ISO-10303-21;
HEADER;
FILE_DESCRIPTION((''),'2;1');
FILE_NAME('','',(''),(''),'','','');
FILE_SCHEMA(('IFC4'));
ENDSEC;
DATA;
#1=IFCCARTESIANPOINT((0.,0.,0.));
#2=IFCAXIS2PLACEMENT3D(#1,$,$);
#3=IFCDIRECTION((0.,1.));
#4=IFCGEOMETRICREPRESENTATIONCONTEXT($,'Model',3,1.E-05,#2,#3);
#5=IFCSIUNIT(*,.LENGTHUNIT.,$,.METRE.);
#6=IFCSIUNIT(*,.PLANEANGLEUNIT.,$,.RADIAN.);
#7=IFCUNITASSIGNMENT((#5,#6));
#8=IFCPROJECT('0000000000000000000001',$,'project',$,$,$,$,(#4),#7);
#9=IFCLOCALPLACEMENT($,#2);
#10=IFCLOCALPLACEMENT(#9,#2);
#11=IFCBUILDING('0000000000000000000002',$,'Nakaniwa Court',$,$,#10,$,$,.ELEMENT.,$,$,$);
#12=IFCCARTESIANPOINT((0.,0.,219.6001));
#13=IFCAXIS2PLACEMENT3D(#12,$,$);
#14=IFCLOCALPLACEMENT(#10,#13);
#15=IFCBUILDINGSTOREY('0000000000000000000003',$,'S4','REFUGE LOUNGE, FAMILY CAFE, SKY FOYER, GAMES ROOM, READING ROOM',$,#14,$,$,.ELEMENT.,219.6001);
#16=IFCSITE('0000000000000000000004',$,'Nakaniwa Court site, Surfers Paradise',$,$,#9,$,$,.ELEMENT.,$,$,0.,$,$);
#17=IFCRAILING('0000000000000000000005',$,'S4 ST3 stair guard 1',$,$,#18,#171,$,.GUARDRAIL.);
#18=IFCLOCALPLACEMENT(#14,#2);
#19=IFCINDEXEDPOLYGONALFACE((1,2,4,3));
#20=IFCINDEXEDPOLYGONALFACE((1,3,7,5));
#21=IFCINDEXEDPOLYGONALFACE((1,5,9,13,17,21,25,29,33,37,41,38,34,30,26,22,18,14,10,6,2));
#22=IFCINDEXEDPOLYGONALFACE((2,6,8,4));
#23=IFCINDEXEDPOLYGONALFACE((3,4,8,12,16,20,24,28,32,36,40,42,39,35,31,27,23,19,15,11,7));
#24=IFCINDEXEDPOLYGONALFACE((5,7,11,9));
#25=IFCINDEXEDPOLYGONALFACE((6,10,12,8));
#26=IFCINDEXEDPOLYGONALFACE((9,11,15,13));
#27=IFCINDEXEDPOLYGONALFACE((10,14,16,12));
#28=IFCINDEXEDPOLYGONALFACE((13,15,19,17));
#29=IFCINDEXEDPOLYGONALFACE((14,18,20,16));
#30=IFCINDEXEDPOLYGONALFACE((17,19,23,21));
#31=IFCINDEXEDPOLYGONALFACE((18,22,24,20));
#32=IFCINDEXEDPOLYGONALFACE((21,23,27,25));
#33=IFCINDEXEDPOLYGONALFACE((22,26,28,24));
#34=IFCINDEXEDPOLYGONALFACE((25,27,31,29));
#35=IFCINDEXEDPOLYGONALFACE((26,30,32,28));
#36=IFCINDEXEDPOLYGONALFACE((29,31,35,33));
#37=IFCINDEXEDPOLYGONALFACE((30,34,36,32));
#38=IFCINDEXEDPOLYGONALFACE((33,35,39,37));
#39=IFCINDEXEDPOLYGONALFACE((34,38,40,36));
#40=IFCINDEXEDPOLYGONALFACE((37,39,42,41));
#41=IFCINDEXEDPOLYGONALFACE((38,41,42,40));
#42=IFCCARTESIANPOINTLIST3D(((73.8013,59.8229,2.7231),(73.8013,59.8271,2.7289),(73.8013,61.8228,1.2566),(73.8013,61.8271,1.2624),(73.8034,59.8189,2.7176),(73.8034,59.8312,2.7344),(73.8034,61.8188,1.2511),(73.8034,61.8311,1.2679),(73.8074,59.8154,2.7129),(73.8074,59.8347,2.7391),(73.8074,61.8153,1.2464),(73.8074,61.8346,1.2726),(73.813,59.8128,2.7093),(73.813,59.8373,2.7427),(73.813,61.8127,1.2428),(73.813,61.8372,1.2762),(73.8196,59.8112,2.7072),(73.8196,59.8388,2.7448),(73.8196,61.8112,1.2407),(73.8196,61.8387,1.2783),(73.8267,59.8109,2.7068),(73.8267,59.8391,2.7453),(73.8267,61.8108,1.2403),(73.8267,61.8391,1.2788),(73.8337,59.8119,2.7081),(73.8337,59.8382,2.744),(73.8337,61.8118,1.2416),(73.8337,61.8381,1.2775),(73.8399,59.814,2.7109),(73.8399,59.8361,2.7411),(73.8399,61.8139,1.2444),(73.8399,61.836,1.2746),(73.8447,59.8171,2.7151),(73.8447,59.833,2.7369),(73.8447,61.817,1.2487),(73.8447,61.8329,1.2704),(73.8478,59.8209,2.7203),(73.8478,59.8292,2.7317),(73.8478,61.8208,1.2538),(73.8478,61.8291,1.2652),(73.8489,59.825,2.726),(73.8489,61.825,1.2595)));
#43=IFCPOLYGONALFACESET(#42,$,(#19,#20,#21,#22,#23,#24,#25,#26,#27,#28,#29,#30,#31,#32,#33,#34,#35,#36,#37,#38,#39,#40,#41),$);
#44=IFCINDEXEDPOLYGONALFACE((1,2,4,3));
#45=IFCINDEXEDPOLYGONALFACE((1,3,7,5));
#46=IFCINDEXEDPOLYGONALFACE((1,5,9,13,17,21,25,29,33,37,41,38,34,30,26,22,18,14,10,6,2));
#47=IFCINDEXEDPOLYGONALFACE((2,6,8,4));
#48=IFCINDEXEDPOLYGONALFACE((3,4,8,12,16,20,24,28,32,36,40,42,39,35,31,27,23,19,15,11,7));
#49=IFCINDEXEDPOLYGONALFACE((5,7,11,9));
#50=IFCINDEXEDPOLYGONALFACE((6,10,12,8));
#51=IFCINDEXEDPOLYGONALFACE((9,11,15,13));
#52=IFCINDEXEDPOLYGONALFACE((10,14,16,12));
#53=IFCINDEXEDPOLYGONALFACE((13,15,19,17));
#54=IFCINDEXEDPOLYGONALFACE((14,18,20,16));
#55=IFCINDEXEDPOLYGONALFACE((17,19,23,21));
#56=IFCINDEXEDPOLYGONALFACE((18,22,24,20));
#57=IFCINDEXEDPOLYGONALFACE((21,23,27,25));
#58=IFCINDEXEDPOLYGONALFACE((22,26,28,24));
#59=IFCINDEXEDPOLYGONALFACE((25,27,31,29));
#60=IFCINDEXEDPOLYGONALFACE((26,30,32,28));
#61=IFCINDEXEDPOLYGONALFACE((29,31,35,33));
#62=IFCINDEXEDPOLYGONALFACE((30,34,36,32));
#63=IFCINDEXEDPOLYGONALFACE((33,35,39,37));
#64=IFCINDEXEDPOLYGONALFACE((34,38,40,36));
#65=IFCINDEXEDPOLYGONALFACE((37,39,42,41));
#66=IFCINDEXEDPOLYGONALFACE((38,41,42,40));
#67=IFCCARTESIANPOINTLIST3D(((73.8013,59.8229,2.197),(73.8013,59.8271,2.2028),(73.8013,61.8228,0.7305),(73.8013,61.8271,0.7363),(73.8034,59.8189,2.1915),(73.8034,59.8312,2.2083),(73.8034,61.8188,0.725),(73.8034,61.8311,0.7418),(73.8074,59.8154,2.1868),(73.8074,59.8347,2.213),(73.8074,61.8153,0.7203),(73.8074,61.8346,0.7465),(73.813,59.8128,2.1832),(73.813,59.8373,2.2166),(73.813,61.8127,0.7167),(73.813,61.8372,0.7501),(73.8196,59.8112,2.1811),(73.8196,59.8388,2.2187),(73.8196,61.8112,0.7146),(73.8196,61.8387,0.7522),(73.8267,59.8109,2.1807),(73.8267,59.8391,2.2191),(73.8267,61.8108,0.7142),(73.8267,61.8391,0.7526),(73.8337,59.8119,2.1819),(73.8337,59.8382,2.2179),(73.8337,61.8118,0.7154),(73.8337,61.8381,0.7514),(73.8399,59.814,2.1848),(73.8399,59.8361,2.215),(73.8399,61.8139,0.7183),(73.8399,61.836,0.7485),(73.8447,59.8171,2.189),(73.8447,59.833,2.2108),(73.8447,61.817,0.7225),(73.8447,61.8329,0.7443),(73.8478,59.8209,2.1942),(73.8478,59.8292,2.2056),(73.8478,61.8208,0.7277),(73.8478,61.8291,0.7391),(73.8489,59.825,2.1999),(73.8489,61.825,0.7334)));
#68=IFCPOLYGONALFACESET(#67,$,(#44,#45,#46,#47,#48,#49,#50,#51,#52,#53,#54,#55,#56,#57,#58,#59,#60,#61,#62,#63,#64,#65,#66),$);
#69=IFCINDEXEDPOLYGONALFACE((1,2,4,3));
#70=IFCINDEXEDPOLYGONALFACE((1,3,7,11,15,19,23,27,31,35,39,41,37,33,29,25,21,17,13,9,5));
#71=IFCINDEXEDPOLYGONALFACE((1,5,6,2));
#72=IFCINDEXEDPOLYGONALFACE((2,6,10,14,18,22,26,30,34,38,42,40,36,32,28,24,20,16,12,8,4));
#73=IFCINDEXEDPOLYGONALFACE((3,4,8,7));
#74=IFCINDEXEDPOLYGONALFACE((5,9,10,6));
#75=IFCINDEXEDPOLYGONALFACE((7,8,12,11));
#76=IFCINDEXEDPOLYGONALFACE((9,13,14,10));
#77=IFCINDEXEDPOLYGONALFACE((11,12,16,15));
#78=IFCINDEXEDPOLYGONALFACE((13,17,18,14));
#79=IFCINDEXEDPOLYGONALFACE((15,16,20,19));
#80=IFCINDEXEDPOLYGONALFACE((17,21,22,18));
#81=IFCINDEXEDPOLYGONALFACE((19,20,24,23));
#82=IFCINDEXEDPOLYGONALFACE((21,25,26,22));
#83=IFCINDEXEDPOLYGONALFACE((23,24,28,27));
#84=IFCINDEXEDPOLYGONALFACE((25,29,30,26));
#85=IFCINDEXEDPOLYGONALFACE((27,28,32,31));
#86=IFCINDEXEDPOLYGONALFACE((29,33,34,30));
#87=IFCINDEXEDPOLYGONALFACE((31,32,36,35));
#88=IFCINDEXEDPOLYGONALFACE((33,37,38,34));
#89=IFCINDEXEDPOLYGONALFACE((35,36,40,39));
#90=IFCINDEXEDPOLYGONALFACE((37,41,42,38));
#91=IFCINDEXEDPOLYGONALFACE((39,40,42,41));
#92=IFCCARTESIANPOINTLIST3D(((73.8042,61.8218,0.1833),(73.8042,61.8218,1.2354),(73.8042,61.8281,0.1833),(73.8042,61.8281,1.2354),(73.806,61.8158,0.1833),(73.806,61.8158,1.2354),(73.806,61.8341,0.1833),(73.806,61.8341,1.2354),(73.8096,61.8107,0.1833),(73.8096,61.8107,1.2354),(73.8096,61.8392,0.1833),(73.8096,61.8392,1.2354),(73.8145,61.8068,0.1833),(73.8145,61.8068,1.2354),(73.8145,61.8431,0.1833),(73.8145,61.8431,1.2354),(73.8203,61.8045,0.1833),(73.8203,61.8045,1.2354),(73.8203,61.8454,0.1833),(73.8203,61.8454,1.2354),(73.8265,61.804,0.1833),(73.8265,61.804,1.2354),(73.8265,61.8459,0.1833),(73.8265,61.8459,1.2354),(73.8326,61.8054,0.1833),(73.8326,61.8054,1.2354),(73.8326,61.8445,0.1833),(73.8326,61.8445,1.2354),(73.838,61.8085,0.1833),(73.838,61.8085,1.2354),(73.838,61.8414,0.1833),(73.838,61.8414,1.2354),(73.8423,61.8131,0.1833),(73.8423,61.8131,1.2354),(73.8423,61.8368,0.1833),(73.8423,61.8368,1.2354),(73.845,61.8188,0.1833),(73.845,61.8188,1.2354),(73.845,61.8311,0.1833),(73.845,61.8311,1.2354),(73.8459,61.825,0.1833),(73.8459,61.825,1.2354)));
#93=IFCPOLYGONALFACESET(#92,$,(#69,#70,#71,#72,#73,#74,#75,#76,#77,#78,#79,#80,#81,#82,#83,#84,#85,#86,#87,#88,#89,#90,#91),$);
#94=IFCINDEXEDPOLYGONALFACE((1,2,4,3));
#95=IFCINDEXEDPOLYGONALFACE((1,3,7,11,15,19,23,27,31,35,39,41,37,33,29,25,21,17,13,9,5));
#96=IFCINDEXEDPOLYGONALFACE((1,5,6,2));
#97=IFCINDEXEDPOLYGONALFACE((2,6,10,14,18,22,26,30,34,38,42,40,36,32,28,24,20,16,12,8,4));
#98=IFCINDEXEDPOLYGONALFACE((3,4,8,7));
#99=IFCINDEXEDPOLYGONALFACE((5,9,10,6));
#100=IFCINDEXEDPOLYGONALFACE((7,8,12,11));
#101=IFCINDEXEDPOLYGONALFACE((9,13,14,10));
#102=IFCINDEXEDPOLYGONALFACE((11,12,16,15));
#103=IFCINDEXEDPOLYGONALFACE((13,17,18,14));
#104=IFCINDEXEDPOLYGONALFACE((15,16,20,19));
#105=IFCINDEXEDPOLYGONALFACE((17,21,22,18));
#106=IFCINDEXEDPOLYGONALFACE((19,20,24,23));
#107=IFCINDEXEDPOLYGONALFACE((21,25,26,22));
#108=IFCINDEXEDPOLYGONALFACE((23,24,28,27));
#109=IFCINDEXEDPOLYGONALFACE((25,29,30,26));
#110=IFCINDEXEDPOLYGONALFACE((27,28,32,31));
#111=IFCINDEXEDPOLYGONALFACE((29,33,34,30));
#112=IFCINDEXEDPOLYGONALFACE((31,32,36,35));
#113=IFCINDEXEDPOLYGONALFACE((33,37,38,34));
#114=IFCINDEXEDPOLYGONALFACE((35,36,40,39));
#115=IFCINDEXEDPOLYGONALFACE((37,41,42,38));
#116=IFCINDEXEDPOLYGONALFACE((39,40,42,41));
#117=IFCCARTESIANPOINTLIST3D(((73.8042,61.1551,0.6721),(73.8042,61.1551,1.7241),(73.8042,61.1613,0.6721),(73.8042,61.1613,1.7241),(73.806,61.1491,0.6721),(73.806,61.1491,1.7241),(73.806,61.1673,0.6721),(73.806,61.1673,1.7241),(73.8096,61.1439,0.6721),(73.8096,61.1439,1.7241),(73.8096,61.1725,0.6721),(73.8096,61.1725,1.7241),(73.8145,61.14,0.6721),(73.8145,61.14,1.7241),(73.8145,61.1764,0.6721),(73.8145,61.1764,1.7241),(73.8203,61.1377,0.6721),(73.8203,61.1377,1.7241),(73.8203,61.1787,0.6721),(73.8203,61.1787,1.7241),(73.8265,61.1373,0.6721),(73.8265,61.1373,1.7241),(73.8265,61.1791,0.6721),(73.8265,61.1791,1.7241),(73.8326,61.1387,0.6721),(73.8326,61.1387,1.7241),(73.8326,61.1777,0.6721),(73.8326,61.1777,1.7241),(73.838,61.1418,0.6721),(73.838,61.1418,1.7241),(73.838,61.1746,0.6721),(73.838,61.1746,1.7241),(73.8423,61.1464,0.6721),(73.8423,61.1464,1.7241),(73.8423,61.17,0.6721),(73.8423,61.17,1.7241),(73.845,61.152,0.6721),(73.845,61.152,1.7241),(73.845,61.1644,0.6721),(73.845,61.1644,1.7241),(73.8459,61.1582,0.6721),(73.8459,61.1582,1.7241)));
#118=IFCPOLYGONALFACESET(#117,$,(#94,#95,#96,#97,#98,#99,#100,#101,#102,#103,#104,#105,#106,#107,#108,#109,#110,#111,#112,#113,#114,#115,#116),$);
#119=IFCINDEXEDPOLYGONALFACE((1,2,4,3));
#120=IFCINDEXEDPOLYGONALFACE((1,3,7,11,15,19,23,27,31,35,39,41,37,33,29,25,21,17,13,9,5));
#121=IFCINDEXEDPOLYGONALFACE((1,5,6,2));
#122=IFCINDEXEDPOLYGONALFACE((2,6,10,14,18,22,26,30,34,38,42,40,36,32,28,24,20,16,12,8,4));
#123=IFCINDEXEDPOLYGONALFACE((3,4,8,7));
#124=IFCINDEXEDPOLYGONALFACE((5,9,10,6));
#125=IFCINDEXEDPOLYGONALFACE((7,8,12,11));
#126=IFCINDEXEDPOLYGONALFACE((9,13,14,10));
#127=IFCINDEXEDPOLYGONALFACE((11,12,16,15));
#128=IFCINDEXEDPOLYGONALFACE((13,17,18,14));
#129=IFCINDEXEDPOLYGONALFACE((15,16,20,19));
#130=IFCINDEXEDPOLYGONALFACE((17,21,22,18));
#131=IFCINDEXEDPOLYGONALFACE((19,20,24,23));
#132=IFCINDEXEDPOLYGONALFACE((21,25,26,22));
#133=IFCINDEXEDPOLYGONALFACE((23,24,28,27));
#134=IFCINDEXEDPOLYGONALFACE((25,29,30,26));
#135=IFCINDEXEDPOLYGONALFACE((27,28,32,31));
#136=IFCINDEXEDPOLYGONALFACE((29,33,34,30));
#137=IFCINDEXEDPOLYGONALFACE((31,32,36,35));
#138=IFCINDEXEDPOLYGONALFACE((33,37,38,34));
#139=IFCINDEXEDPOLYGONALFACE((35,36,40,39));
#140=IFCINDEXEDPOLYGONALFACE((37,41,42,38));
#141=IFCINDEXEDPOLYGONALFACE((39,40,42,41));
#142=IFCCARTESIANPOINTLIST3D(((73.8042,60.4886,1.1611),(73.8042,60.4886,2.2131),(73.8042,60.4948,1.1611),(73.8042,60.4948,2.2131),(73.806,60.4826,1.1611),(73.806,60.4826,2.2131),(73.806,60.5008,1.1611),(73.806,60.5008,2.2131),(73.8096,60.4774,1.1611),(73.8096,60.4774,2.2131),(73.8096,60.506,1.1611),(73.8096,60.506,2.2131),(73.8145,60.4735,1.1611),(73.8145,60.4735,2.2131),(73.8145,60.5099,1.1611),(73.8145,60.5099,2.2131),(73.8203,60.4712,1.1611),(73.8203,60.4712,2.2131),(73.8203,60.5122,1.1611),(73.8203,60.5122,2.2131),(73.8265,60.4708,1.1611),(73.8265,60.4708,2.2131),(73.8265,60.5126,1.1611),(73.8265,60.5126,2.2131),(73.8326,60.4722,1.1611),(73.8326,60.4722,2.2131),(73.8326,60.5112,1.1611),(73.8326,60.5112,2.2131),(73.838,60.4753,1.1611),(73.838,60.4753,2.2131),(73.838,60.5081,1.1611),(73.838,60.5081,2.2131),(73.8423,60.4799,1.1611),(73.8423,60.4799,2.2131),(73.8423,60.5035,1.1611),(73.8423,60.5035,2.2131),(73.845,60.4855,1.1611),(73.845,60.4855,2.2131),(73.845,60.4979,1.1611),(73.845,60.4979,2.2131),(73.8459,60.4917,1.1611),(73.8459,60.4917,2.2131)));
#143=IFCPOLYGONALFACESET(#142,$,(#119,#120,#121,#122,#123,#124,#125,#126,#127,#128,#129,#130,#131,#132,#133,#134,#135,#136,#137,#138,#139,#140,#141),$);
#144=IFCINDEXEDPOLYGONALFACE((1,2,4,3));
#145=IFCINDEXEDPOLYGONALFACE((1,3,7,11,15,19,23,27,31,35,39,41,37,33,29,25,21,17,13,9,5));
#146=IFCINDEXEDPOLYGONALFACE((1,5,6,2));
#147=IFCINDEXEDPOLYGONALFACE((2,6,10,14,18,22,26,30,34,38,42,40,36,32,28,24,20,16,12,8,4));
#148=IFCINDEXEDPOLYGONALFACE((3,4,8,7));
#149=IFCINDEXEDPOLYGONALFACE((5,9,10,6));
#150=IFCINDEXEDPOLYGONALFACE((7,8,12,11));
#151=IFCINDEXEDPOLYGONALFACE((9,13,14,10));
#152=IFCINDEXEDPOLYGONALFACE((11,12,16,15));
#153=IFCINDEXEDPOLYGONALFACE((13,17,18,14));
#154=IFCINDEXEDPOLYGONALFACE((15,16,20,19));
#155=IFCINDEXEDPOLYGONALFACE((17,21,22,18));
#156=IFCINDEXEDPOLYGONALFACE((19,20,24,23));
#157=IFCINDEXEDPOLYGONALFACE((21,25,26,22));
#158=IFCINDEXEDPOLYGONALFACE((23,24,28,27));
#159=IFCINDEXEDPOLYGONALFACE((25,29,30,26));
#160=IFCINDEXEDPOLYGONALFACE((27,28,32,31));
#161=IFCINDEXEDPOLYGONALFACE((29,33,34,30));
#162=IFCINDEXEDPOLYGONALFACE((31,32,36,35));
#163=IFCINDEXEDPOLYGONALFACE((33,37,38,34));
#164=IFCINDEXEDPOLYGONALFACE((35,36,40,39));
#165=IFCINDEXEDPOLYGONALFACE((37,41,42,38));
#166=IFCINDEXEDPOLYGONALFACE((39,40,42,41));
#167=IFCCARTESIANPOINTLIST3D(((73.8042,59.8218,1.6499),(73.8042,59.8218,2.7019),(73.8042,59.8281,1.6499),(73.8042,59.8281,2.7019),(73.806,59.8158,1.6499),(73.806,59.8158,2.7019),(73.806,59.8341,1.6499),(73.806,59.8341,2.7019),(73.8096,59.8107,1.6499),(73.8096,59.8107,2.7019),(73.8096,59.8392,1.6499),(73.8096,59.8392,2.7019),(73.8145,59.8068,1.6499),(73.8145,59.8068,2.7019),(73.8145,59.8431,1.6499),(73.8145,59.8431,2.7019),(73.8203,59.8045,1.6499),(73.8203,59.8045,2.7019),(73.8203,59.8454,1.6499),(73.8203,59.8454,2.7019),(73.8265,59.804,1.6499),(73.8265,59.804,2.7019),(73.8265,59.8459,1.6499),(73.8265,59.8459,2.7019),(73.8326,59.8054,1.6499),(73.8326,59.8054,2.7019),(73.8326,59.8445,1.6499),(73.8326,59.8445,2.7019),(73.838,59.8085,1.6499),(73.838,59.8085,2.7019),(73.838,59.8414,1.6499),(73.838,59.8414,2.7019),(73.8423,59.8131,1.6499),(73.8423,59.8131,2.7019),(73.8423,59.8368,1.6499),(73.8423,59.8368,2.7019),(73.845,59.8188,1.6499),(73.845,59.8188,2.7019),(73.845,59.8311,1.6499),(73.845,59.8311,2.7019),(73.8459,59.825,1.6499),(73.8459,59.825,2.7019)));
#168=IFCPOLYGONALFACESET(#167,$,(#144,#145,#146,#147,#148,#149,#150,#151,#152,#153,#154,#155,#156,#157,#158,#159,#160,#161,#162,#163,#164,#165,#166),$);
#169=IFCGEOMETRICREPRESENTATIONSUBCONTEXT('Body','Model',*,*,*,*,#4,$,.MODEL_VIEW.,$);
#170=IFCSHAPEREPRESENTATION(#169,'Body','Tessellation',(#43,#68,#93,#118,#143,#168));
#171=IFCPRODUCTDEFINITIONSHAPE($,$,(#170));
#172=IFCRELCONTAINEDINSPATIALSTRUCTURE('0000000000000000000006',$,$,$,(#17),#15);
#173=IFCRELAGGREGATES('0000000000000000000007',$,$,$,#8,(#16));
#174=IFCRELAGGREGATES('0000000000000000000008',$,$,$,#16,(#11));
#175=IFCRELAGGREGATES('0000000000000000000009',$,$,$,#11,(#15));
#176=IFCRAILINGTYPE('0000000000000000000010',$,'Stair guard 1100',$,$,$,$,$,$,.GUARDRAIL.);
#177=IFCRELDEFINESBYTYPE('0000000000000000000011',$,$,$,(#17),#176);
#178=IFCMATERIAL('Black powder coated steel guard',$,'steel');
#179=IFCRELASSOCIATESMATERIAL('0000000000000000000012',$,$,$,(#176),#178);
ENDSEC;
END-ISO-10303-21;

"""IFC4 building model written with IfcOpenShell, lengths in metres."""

from ifc_helpers import new_model, si_unit, direction, frame, origin, origin_2d, place, context, subcontext, project, spatial, circle, extrude, material, type_object, element, save


model = new_model("IFC4")

# Units and contexts
model_context = context("Model", 3, precision=1e-05, world=origin(), true_north=direction((0.0, 1.0)))
body_context = subcontext(model_context, "Body", "Model", "MODEL_VIEW")
ifc_project = project(units=[si_unit("LENGTHUNIT", "METRE"), si_unit("PLANEANGLEUNIT", "RADIAN")], contexts=[model_context])

# Site, building, storey
site_placement = place(None, origin())
site = spatial("IfcSite", under=ifc_project, at=site_placement, Name="Nakaniwa Court site, Surfers Paradise", CompositionType="ELEMENT", RefElevation=0.0)
building_placement = place(site_placement, origin())
building = spatial("IfcBuilding", under=site, at=building_placement, Name="Nakaniwa Court", CompositionType="ELEMENT")
storey_placement = place(building_placement, frame((0.0, 0.0, 219.6001)))
storey = spatial("IfcBuildingStorey", under=building, at=storey_placement, Name="S4", Description="REFUGE LOUNGE, FAMILY CAFE, SKY FOYER, GAMES ROOM, READING ROOM", CompositionType="ELEMENT", Elevation=219.6001)

# Railing
ifc_material_1 = material(Name="Black powder coated steel guard", Category="steel")
railing_type_1 = type_object("IfcRailingType", Name="Stair guard 1100", PredefinedType="GUARDRAIL", material=ifc_material_1)
railing_1_placement = place(storey_placement, frame((73.825, 61.825, 0.1833)))
element("IfcRailing", 1, at=railing_1_placement, inside=storey, type_object=railing_type_1, Name="S4 ST3 stair guard 1", PredefinedType="GUARDRAIL", context=body_context, shape_type="SweptSolid", body=[
    extrude(circle(Radius=0.0239, at=origin_2d()), frame((0.0, 0.0, 1.0762), z_axis=(0.0, -0.806427, 0.591334), x_axis=(1.0, 0.0, 0.0)), (0.0, 0.0, 1.0), 2.48),
    extrude(circle(Radius=0.0239, at=origin_2d()), frame((0.0, 0.0, 0.55), z_axis=(0.0, -0.806427, 0.591334), x_axis=(1.0, 0.0, 0.0)), (0.0, 0.0, 1.0), 2.48),
    extrude(circle(Radius=0.021, at=origin_2d()), origin(), (0.0, 0.0, 1.0), 1.052),
    extrude(circle(Radius=0.021, at=origin_2d()), frame((0.0, -0.6667, 0.4888)), (0.0, 0.0, 1.0), 1.052),
    extrude(circle(Radius=0.021, at=origin_2d()), frame((0.0, -1.3333, 0.9778)), (0.0, 0.0, 1.0), 1.052),
    extrude(circle(Radius=0.021, at=origin_2d()), frame((0.0, -2.0, 1.4666)), (0.0, 0.0, 1.0), 1.052),
])

save(model, "model.ifc")
